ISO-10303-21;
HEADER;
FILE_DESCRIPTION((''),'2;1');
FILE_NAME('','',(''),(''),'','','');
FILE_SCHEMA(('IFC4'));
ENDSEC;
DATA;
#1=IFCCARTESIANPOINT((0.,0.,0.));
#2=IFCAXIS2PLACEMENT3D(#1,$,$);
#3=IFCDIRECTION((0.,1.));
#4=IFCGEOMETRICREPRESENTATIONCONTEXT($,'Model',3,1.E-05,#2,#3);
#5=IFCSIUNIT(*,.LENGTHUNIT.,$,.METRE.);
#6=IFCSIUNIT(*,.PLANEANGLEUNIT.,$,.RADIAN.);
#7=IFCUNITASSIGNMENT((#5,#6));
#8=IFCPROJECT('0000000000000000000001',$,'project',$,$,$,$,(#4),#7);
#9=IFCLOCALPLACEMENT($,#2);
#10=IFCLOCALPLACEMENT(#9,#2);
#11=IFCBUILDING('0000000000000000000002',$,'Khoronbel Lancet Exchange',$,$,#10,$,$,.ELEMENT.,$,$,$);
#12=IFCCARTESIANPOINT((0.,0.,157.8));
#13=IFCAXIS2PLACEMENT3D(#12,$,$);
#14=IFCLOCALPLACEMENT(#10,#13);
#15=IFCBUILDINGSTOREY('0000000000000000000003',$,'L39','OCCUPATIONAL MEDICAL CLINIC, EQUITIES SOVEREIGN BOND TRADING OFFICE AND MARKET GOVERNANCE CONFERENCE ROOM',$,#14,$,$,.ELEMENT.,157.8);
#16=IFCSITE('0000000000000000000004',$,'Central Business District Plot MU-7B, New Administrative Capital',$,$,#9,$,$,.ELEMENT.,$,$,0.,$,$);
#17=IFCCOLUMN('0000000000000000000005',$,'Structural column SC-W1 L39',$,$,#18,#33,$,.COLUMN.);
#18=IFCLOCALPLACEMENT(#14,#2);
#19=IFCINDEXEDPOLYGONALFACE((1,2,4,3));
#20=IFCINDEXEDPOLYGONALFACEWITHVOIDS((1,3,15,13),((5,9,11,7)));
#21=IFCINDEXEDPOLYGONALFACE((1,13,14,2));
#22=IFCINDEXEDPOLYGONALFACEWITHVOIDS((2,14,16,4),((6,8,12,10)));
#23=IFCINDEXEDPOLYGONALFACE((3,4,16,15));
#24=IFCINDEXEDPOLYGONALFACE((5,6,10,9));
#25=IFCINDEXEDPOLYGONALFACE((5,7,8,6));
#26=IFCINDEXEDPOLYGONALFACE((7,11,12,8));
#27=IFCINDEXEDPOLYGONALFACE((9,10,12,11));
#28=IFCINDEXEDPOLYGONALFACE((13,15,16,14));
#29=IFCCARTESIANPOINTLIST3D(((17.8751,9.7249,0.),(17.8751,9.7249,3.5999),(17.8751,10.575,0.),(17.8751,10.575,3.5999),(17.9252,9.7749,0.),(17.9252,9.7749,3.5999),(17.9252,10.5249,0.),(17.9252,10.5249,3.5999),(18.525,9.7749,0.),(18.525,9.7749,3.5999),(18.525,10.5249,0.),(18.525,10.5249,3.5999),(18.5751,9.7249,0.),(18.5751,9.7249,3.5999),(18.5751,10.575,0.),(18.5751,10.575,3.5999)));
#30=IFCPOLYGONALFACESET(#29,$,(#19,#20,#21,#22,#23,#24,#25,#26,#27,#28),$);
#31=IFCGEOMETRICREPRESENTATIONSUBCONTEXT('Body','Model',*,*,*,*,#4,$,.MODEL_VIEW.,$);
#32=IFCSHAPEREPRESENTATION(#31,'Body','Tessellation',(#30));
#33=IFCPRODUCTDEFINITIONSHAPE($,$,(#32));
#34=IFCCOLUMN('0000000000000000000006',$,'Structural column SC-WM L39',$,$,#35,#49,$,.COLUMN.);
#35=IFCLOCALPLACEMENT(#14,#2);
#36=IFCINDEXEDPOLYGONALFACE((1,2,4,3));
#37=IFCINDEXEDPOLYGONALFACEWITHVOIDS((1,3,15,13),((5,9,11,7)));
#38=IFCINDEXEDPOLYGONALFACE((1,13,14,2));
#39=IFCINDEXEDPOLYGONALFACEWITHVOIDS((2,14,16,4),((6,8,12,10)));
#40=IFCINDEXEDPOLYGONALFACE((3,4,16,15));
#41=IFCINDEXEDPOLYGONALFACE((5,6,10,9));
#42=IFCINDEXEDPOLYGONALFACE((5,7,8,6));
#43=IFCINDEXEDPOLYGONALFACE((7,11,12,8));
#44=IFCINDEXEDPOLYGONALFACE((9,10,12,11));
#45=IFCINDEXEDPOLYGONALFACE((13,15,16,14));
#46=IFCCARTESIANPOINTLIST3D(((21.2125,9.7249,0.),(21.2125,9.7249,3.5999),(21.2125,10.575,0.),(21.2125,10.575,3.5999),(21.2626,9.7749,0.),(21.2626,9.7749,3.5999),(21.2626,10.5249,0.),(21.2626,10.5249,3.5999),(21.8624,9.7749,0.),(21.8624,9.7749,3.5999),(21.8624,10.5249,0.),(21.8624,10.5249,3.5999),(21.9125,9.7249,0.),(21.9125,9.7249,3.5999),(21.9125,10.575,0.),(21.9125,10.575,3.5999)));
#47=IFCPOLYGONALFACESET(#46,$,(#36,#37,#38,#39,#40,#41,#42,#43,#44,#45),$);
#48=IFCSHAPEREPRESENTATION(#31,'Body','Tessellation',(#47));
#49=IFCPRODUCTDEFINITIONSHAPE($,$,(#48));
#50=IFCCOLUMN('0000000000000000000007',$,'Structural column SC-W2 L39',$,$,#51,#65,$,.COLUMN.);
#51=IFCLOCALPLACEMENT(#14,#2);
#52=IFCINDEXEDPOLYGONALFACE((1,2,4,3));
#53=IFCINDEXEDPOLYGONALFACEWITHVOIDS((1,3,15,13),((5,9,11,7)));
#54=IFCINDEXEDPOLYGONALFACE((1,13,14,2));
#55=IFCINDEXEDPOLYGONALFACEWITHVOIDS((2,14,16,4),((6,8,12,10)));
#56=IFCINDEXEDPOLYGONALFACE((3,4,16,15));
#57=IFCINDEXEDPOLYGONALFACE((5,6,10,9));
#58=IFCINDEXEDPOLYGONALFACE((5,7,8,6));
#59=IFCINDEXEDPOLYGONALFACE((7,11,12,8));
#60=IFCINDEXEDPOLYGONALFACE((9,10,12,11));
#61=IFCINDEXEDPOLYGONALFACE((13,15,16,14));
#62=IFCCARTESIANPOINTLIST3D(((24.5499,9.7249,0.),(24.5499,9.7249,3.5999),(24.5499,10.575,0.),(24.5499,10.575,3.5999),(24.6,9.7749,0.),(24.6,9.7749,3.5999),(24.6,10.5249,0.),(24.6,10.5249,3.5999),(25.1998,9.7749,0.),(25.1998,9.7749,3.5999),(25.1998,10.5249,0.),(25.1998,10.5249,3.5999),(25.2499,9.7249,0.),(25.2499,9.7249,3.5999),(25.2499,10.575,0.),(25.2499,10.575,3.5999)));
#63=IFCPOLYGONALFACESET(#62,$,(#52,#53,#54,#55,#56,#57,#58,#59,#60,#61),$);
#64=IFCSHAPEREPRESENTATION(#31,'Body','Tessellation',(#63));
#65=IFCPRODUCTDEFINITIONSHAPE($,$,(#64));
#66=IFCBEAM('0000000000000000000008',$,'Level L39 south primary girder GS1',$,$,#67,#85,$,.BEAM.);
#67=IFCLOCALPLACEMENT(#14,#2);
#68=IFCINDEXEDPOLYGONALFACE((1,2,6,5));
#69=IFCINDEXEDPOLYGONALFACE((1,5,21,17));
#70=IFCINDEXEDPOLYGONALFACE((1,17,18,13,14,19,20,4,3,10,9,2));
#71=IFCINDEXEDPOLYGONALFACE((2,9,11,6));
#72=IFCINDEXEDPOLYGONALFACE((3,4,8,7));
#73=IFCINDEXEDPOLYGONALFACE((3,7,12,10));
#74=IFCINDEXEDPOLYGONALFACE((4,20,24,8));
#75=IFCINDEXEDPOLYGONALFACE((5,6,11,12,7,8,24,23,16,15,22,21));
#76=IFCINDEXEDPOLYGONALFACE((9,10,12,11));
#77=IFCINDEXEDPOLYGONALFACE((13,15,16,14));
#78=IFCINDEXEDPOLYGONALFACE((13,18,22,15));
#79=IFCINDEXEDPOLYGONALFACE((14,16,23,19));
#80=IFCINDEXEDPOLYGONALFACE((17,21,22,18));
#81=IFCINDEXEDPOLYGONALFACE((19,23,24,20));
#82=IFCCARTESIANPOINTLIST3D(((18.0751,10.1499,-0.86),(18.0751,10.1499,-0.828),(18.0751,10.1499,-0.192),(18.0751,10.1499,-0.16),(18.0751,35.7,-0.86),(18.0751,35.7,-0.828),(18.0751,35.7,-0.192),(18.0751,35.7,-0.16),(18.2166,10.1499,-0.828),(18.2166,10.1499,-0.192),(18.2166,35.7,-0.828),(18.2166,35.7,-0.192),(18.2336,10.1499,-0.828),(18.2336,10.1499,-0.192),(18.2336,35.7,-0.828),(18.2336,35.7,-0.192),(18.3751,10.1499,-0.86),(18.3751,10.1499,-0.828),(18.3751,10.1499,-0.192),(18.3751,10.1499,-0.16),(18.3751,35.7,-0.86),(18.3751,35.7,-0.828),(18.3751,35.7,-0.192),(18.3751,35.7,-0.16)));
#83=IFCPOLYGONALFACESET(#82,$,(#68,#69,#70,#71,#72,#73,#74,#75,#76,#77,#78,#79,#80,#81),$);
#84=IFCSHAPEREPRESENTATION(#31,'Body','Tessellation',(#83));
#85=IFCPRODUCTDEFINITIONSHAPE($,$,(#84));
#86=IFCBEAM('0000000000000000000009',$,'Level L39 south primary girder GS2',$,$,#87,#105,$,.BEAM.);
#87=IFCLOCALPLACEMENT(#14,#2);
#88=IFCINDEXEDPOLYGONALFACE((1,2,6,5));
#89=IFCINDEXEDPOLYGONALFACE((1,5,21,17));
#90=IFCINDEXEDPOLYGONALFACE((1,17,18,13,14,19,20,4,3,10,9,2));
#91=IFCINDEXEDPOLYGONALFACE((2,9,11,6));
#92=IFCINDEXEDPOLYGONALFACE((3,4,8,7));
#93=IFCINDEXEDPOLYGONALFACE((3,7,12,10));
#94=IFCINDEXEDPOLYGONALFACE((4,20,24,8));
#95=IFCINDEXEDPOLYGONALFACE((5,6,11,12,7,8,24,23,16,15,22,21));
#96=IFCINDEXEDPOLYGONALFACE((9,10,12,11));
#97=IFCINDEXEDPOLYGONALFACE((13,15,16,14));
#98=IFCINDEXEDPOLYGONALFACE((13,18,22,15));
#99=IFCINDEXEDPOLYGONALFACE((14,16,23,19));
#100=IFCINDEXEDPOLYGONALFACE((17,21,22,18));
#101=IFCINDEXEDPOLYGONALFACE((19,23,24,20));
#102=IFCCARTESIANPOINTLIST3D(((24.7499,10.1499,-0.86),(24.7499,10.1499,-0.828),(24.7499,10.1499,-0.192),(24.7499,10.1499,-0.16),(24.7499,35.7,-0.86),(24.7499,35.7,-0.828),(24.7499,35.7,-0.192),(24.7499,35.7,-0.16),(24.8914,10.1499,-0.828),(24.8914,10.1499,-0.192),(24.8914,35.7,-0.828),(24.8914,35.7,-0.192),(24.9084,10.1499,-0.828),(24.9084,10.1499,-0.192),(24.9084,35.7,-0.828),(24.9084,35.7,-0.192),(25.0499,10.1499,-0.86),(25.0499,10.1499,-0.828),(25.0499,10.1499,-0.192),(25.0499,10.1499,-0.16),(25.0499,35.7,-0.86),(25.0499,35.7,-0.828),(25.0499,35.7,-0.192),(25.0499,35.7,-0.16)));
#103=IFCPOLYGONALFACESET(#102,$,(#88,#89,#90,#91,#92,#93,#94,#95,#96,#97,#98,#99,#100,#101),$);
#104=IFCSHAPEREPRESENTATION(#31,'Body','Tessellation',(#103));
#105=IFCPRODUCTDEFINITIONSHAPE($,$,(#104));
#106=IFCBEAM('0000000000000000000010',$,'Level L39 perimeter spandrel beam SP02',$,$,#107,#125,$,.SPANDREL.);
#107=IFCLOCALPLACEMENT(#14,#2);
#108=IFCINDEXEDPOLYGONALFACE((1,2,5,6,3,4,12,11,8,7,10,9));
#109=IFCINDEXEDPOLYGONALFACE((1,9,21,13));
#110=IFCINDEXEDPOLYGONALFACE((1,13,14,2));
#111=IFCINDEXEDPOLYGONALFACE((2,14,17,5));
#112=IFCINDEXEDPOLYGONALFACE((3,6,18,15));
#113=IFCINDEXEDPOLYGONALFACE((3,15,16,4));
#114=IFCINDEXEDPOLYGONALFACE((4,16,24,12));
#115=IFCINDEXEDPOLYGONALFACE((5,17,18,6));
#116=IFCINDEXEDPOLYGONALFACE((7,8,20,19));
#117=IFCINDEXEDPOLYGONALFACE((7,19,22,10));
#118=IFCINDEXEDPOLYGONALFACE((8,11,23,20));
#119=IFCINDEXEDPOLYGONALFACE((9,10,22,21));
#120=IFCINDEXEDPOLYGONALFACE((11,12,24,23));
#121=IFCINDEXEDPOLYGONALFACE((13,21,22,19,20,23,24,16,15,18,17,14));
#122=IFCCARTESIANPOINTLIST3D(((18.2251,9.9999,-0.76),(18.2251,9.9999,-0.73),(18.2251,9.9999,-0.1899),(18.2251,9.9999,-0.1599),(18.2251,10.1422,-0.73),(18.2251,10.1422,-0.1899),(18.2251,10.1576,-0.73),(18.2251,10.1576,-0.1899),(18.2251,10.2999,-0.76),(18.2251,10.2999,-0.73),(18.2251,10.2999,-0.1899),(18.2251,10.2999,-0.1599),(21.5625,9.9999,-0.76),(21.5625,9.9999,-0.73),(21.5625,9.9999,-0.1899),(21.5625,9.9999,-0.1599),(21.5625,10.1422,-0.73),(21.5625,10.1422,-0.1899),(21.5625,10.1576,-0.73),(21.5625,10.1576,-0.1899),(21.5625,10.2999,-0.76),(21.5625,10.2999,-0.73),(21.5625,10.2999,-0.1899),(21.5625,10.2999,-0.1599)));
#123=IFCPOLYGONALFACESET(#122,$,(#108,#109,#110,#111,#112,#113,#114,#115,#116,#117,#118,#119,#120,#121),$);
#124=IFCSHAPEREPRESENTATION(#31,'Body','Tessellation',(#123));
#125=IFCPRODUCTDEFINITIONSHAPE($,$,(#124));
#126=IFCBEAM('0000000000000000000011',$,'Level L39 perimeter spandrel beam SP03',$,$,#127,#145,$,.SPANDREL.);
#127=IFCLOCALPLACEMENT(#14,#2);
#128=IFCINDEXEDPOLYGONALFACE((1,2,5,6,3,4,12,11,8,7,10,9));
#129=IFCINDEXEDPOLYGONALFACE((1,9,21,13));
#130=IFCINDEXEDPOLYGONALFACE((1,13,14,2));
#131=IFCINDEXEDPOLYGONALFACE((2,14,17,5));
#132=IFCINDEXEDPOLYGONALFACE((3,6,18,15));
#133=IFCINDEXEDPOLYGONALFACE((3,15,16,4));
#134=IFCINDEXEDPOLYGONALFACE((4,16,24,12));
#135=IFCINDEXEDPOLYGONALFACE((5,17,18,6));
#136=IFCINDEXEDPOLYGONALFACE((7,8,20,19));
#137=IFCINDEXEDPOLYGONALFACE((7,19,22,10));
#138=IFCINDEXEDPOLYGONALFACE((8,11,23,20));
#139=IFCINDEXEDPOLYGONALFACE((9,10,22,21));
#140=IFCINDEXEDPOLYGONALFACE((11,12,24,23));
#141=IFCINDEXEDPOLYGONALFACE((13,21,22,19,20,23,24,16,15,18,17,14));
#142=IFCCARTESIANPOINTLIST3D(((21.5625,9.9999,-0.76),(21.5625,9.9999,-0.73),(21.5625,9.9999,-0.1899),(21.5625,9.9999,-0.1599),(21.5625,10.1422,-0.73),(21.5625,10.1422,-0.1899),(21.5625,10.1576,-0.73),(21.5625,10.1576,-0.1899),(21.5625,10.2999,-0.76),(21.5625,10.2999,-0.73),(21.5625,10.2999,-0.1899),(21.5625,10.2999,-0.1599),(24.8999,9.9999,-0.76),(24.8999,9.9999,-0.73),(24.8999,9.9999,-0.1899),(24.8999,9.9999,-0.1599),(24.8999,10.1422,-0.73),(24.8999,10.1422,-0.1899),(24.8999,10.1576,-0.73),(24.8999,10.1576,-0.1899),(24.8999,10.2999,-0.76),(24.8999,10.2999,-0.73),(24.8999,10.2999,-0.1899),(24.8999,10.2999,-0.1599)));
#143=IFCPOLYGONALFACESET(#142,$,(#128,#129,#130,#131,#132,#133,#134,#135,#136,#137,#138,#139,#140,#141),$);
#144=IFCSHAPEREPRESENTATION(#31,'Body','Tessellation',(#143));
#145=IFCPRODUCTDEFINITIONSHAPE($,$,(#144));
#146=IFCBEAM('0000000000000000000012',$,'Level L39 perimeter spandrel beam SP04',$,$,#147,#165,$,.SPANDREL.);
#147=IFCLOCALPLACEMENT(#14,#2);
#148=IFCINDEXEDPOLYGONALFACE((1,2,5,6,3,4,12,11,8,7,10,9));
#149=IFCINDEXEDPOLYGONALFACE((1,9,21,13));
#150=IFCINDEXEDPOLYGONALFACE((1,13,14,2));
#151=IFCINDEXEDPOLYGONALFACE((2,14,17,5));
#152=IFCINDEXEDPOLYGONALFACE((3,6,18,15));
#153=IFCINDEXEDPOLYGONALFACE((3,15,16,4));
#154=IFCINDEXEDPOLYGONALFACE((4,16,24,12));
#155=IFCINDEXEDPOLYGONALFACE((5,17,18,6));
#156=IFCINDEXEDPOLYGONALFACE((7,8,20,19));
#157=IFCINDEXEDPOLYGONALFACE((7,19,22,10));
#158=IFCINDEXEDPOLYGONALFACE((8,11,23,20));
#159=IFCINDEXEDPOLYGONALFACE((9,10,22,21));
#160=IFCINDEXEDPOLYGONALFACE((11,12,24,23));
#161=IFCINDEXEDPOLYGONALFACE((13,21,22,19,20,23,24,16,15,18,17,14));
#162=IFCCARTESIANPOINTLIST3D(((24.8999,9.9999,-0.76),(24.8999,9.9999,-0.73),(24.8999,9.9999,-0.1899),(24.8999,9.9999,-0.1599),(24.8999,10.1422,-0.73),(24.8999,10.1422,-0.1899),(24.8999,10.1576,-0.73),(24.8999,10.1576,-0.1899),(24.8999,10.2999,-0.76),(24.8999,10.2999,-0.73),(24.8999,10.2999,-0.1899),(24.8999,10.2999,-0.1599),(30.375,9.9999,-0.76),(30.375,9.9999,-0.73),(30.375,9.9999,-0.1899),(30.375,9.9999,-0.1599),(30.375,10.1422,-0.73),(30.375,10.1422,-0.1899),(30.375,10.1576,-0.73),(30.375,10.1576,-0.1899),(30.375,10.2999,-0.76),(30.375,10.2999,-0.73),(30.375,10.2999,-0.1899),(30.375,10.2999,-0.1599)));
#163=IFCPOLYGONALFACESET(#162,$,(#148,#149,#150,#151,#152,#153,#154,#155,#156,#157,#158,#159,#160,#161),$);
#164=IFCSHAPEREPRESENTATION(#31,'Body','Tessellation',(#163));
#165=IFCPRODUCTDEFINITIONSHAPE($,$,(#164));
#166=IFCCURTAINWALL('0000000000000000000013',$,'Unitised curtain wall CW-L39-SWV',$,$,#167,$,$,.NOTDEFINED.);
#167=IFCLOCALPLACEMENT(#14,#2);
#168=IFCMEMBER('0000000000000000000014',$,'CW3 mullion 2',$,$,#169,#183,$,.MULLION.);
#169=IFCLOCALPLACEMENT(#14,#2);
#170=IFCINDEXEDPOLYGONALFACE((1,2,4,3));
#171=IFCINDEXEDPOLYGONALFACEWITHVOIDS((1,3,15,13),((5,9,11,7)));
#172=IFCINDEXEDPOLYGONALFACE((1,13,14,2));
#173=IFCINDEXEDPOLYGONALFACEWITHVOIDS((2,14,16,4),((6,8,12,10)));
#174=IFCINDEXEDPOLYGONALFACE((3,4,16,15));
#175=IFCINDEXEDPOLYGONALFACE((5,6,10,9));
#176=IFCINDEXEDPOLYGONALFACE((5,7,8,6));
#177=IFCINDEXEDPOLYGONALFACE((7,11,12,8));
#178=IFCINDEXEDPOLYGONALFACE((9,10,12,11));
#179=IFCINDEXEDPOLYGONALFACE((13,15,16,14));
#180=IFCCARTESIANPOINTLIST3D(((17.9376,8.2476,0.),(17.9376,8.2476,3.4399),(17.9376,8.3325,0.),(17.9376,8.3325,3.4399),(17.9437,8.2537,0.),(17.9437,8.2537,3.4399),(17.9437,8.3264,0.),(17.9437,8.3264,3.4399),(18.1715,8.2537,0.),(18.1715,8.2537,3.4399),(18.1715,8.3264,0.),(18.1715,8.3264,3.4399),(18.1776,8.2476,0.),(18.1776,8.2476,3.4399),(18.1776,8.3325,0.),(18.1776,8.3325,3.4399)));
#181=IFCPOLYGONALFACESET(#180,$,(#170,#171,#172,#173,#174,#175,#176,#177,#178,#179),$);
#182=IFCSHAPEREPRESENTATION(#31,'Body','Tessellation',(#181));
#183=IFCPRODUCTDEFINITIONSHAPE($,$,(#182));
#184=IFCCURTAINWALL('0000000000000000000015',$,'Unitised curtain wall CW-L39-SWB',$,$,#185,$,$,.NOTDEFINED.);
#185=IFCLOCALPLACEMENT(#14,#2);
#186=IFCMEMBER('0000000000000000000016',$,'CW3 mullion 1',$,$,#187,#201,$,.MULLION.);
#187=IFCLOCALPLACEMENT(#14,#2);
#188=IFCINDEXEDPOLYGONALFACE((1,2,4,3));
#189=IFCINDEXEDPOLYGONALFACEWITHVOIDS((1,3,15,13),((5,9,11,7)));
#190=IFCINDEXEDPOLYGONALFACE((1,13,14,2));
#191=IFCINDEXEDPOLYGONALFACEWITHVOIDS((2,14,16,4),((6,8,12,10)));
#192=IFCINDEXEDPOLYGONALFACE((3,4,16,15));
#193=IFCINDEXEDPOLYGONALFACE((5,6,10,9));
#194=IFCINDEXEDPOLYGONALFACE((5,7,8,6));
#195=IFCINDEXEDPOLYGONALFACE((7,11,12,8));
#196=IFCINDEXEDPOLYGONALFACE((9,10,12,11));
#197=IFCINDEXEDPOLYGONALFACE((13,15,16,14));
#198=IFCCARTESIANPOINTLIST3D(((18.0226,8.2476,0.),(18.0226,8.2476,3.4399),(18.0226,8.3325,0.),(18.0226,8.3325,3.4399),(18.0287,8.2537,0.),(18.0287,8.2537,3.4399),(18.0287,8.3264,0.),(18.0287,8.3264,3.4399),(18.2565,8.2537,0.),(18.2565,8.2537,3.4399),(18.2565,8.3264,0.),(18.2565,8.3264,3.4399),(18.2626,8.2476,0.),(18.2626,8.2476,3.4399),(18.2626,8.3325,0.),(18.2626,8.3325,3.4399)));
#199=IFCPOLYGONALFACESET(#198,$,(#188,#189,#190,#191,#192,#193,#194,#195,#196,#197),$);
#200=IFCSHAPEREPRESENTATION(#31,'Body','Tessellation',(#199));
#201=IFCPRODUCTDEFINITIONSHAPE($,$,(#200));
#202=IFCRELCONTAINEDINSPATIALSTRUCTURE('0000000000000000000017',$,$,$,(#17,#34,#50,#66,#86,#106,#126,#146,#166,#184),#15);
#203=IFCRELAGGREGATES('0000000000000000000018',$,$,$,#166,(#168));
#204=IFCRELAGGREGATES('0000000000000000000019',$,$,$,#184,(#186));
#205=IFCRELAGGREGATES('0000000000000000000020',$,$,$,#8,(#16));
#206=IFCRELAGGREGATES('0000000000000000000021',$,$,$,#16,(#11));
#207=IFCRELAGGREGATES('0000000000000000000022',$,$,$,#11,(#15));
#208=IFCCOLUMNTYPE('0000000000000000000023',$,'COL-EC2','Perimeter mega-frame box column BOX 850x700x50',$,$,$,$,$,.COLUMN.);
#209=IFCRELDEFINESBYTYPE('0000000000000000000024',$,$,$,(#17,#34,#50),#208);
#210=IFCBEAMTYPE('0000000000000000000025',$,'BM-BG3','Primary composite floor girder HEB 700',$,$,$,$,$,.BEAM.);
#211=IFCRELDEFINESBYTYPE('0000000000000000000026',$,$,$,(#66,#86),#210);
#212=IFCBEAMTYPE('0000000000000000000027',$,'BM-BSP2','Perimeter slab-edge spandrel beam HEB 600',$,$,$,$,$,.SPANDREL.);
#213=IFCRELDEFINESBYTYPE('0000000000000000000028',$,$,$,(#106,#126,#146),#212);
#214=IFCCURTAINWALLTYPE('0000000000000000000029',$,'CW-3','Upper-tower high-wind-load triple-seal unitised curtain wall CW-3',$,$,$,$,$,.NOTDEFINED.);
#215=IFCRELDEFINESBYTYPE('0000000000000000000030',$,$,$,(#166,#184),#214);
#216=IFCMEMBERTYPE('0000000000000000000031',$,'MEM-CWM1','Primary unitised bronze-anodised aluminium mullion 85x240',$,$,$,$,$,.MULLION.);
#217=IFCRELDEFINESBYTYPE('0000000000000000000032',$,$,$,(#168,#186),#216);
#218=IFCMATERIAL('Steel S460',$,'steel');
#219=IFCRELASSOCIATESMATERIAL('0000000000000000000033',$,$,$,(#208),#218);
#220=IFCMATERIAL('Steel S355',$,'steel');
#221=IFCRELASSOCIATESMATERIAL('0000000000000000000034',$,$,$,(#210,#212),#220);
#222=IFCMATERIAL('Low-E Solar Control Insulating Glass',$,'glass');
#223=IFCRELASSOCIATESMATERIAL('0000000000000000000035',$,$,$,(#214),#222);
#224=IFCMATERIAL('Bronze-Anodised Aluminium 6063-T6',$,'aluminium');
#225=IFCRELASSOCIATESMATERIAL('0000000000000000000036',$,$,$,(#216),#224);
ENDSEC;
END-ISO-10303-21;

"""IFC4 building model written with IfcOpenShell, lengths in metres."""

from ifc_helpers import new_model, si_unit, direction, frame, origin, origin_2d, place, context, subcontext, project, spatial, hollow_rectangle, i_section, extrude, material, material_profile, profile_set, type_object, element, aggregate, save


model = new_model("IFC4")

# Units and contexts
model_context = context("Model", 3, precision=1e-05, world=origin(), true_north=direction((0.0, 1.0)))
body_context = subcontext(model_context, "Body", "Model", "MODEL_VIEW")
ifc_project = project(units=[si_unit("LENGTHUNIT", "METRE"), si_unit("PLANEANGLEUNIT", "RADIAN")], contexts=[model_context])

# Site, building, storey
site_placement = place(None, origin())
site = spatial("IfcSite", under=ifc_project, at=site_placement, Name="Central Business District Plot MU-7B, New Administrative Capital", CompositionType="ELEMENT", RefElevation=0.0)
building_placement = place(site_placement, origin())
building = spatial("IfcBuilding", under=site, at=building_placement, Name="Khoronbel Lancet Exchange", CompositionType="ELEMENT")
storey_placement = place(building_placement, frame((0.0, 0.0, 157.8)))
storey = spatial("IfcBuildingStorey", under=building, at=storey_placement, Name="L39", Description="OCCUPATIONAL MEDICAL CLINIC, EQUITIES SOVEREIGN BOND TRADING OFFICE AND MARKET GOVERNANCE CONFERENCE ROOM", CompositionType="ELEMENT", Elevation=157.8)

# Columns
ifc_material_1 = material(Name="Steel S460", Category="steel")
ifc_material_profile_1 = material_profile(ifc_material_1, hollow_rectangle(XDim=0.7, YDim=0.8501, WallThickness=0.05, at=origin_2d()), Name="BOX 850x700x50")
ifc_profile_set_1 = profile_set([ifc_material_profile_1], Name="Steel S460")
column_type = type_object("IfcColumnType", Name="COL-EC2", Description="Perimeter mega-frame box column BOX 850x700x50", PredefinedType="COLUMN", material=ifc_profile_set_1)
for number, where, z_axis, x_axis, name in (
    (1, (18.2251, 10.1499, 0.0), (0.0, 0.0, 1.0), (1.0, 0.0, 0.0), "Structural column SC-W1 L39"),
    (2, (21.5625, 10.1499, 0.0), (0.0, 0.0, 1.0), (1.0, 0.0, 0.0), "Structural column SC-WM L39"),
    (3, (24.8999, 10.1499, 0.0), (0.0, 0.0, 1.0), (1.0, 0.0, 0.0), "Structural column SC-W2 L39"),
):
    element("IfcColumn", number, at=place(storey_placement, frame(where, z_axis=z_axis, x_axis=x_axis)), inside=storey, type_object=column_type, Name=name, PredefinedType="COLUMN", context=body_context, shape_type="SweptSolid", body=[
        extrude(hollow_rectangle(XDim=0.7, YDim=0.8501, WallThickness=0.05, at=origin_2d()), origin(), (0.0, 0.0, 1.0), 3.5999),
    ])

# Beams
ifc_material_2 = material(Name="Steel S355", Category="steel")
ifc_material_profile_2 = material_profile(ifc_material_2, i_section(OverallWidth=0.3, OverallDepth=0.7, WebThickness=0.0171, FlangeThickness=0.032, at=origin_2d()), Name="HEB 700")
ifc_profile_set_2 = profile_set([ifc_material_profile_2], Name="Steel S355")
beam_type_1 = type_object("IfcBeamType", Name="BM-BG3", Description="Primary composite floor girder HEB 700", PredefinedType="BEAM", material=ifc_profile_set_2)
for number, where, z_axis, x_axis, name in (
    (4, (18.2251, 10.1499, -0.51), (0.0, 1.0, 0.0), (-1.0, 0.0, 0.0), "Level L39 south primary girder GS1"),
    (5, (24.8999, 10.1499, -0.51), (0.0, 1.0, 0.0), (-1.0, 0.0, 0.0), "Level L39 south primary girder GS2"),
):
    element("IfcBeam", number, at=place(storey_placement, frame(where, z_axis=z_axis, x_axis=x_axis)), inside=storey, type_object=beam_type_1, Name=name, PredefinedType="BEAM", context=body_context, shape_type="SweptSolid", body=[
        extrude(i_section(OverallWidth=0.3, OverallDepth=0.7, WebThickness=0.0171, FlangeThickness=0.032, at=origin_2d()), origin(), (0.0, 0.0, 1.0), 25.55),
    ])
ifc_material_profile_3 = material_profile(ifc_material_2, i_section(OverallWidth=0.3, OverallDepth=0.6001, WebThickness=0.0154, FlangeThickness=0.03, at=origin_2d()), Name="HEB 600")
ifc_profile_set_3 = profile_set([ifc_material_profile_3], Name="Steel S355")
beam_type_2 = type_object("IfcBeamType", Name="BM-BSP2", Description="Perimeter slab-edge spandrel beam HEB 600", PredefinedType="SPANDREL", material=ifc_profile_set_3)
for number, where, z_axis, x_axis, name in (
    (6, (18.2251, 10.1499, -0.46), (1.0, 0.0, 0.0), (0.0, 1.0, 0.0), "Level L39 perimeter spandrel beam SP02"),
    (7, (21.5625, 10.1499, -0.46), (1.0, 0.0, 0.0), (0.0, 1.0, 0.0), "Level L39 perimeter spandrel beam SP03"),
):
    element("IfcBeam", number, at=place(storey_placement, frame(where, z_axis=z_axis, x_axis=x_axis)), inside=storey, type_object=beam_type_2, Name=name, PredefinedType="SPANDREL", context=body_context, shape_type="SweptSolid", body=[
        extrude(i_section(OverallWidth=0.3, OverallDepth=0.6001, WebThickness=0.0154, FlangeThickness=0.03, at=origin_2d()), origin(), (0.0, 0.0, 1.0), 3.3374),
    ])
beam_placement = place(storey_placement, frame((24.8999, 10.1499, -0.46), z_axis=(1.0, 0.0, 0.0), x_axis=(0.0, 1.0, 0.0)))
element("IfcBeam", 8, at=beam_placement, inside=storey, type_object=beam_type_2, Name="Level L39 perimeter spandrel beam SP04", PredefinedType="SPANDREL", context=body_context, shape_type="SweptSolid", body=[
    extrude(i_section(OverallWidth=0.3, OverallDepth=0.6001, WebThickness=0.0154, FlangeThickness=0.03, at=origin_2d()), origin(), (0.0, 0.0, 1.0), 5.4751),
])

# Curtain wall, member
ifc_material_3 = material(Name="Low-E Solar Control Insulating Glass", Category="glass")
curtain_wall_type = type_object("IfcCurtainWallType", Name="CW-3", Description="Upper-tower high-wind-load triple-seal unitised curtain wall CW-3", PredefinedType="NOTDEFINED", material=ifc_material_3)
curtain_wall_1_placement = place(storey_placement, origin())
curtain_wall_1 = element("IfcCurtainWall", 9, at=curtain_wall_1_placement, inside=storey, type_object=curtain_wall_type, Name="Unitised curtain wall CW-L39-SWV", PredefinedType="NOTDEFINED")
ifc_material_4 = material(Name="Bronze-Anodised Aluminium 6063-T6", Category="aluminium")
ifc_material_profile_4 = material_profile(ifc_material_4, hollow_rectangle(XDim=0.085, YDim=0.24, WallThickness=0.0061, at=origin_2d()), Name="ALU MULLION 85x240")
ifc_profile_set_4 = profile_set([ifc_material_profile_4], Name="Bronze-Anodised Aluminium 6063-T6")
member_type_1 = type_object("IfcMemberType", Name="MEM-CWM1", Description="Primary unitised bronze-anodised aluminium mullion 85x240", PredefinedType="MULLION", material=ifc_profile_set_4)
member_1_placement = place(storey_placement, frame((18.0576, 8.29, 0.0), z_axis=(0.0, 0.0, 1.0), x_axis=(0.0, 1.0, 0.0)))
member_1 = element("IfcMember", 10, at=member_1_placement, type_object=member_type_1, Name="CW3 mullion 2", PredefinedType="MULLION", context=body_context, shape_type="SweptSolid", body=[
    extrude(hollow_rectangle(XDim=0.085, YDim=0.24, WallThickness=0.0061, at=origin_2d()), origin(), (0.0, 0.0, 1.0), 3.4399),
])
aggregate(curtain_wall_1, [member_1])

# Curtain wall, member
curtain_wall_2_placement = place(storey_placement, origin())
curtain_wall_2 = element("IfcCurtainWall", 11, at=curtain_wall_2_placement, inside=storey, type_object=curtain_wall_type, Name="Unitised curtain wall CW-L39-SWB", PredefinedType="NOTDEFINED")
member_2_placement = place(storey_placement, frame((18.1426, 8.29, 0.0), z_axis=(0.0, 0.0, 1.0), x_axis=(0.0, 1.0, 0.0)))
member_2 = element("IfcMember", 12, at=member_2_placement, type_object=member_type_1, Name="CW3 mullion 1", PredefinedType="MULLION", context=body_context, shape_type="SweptSolid", body=[
    extrude(hollow_rectangle(XDim=0.085, YDim=0.24, WallThickness=0.0061, at=origin_2d()), origin(), (0.0, 0.0, 1.0), 3.4399),
])

aggregate(curtain_wall_2, [member_2])

save(model, "model.ifc")
